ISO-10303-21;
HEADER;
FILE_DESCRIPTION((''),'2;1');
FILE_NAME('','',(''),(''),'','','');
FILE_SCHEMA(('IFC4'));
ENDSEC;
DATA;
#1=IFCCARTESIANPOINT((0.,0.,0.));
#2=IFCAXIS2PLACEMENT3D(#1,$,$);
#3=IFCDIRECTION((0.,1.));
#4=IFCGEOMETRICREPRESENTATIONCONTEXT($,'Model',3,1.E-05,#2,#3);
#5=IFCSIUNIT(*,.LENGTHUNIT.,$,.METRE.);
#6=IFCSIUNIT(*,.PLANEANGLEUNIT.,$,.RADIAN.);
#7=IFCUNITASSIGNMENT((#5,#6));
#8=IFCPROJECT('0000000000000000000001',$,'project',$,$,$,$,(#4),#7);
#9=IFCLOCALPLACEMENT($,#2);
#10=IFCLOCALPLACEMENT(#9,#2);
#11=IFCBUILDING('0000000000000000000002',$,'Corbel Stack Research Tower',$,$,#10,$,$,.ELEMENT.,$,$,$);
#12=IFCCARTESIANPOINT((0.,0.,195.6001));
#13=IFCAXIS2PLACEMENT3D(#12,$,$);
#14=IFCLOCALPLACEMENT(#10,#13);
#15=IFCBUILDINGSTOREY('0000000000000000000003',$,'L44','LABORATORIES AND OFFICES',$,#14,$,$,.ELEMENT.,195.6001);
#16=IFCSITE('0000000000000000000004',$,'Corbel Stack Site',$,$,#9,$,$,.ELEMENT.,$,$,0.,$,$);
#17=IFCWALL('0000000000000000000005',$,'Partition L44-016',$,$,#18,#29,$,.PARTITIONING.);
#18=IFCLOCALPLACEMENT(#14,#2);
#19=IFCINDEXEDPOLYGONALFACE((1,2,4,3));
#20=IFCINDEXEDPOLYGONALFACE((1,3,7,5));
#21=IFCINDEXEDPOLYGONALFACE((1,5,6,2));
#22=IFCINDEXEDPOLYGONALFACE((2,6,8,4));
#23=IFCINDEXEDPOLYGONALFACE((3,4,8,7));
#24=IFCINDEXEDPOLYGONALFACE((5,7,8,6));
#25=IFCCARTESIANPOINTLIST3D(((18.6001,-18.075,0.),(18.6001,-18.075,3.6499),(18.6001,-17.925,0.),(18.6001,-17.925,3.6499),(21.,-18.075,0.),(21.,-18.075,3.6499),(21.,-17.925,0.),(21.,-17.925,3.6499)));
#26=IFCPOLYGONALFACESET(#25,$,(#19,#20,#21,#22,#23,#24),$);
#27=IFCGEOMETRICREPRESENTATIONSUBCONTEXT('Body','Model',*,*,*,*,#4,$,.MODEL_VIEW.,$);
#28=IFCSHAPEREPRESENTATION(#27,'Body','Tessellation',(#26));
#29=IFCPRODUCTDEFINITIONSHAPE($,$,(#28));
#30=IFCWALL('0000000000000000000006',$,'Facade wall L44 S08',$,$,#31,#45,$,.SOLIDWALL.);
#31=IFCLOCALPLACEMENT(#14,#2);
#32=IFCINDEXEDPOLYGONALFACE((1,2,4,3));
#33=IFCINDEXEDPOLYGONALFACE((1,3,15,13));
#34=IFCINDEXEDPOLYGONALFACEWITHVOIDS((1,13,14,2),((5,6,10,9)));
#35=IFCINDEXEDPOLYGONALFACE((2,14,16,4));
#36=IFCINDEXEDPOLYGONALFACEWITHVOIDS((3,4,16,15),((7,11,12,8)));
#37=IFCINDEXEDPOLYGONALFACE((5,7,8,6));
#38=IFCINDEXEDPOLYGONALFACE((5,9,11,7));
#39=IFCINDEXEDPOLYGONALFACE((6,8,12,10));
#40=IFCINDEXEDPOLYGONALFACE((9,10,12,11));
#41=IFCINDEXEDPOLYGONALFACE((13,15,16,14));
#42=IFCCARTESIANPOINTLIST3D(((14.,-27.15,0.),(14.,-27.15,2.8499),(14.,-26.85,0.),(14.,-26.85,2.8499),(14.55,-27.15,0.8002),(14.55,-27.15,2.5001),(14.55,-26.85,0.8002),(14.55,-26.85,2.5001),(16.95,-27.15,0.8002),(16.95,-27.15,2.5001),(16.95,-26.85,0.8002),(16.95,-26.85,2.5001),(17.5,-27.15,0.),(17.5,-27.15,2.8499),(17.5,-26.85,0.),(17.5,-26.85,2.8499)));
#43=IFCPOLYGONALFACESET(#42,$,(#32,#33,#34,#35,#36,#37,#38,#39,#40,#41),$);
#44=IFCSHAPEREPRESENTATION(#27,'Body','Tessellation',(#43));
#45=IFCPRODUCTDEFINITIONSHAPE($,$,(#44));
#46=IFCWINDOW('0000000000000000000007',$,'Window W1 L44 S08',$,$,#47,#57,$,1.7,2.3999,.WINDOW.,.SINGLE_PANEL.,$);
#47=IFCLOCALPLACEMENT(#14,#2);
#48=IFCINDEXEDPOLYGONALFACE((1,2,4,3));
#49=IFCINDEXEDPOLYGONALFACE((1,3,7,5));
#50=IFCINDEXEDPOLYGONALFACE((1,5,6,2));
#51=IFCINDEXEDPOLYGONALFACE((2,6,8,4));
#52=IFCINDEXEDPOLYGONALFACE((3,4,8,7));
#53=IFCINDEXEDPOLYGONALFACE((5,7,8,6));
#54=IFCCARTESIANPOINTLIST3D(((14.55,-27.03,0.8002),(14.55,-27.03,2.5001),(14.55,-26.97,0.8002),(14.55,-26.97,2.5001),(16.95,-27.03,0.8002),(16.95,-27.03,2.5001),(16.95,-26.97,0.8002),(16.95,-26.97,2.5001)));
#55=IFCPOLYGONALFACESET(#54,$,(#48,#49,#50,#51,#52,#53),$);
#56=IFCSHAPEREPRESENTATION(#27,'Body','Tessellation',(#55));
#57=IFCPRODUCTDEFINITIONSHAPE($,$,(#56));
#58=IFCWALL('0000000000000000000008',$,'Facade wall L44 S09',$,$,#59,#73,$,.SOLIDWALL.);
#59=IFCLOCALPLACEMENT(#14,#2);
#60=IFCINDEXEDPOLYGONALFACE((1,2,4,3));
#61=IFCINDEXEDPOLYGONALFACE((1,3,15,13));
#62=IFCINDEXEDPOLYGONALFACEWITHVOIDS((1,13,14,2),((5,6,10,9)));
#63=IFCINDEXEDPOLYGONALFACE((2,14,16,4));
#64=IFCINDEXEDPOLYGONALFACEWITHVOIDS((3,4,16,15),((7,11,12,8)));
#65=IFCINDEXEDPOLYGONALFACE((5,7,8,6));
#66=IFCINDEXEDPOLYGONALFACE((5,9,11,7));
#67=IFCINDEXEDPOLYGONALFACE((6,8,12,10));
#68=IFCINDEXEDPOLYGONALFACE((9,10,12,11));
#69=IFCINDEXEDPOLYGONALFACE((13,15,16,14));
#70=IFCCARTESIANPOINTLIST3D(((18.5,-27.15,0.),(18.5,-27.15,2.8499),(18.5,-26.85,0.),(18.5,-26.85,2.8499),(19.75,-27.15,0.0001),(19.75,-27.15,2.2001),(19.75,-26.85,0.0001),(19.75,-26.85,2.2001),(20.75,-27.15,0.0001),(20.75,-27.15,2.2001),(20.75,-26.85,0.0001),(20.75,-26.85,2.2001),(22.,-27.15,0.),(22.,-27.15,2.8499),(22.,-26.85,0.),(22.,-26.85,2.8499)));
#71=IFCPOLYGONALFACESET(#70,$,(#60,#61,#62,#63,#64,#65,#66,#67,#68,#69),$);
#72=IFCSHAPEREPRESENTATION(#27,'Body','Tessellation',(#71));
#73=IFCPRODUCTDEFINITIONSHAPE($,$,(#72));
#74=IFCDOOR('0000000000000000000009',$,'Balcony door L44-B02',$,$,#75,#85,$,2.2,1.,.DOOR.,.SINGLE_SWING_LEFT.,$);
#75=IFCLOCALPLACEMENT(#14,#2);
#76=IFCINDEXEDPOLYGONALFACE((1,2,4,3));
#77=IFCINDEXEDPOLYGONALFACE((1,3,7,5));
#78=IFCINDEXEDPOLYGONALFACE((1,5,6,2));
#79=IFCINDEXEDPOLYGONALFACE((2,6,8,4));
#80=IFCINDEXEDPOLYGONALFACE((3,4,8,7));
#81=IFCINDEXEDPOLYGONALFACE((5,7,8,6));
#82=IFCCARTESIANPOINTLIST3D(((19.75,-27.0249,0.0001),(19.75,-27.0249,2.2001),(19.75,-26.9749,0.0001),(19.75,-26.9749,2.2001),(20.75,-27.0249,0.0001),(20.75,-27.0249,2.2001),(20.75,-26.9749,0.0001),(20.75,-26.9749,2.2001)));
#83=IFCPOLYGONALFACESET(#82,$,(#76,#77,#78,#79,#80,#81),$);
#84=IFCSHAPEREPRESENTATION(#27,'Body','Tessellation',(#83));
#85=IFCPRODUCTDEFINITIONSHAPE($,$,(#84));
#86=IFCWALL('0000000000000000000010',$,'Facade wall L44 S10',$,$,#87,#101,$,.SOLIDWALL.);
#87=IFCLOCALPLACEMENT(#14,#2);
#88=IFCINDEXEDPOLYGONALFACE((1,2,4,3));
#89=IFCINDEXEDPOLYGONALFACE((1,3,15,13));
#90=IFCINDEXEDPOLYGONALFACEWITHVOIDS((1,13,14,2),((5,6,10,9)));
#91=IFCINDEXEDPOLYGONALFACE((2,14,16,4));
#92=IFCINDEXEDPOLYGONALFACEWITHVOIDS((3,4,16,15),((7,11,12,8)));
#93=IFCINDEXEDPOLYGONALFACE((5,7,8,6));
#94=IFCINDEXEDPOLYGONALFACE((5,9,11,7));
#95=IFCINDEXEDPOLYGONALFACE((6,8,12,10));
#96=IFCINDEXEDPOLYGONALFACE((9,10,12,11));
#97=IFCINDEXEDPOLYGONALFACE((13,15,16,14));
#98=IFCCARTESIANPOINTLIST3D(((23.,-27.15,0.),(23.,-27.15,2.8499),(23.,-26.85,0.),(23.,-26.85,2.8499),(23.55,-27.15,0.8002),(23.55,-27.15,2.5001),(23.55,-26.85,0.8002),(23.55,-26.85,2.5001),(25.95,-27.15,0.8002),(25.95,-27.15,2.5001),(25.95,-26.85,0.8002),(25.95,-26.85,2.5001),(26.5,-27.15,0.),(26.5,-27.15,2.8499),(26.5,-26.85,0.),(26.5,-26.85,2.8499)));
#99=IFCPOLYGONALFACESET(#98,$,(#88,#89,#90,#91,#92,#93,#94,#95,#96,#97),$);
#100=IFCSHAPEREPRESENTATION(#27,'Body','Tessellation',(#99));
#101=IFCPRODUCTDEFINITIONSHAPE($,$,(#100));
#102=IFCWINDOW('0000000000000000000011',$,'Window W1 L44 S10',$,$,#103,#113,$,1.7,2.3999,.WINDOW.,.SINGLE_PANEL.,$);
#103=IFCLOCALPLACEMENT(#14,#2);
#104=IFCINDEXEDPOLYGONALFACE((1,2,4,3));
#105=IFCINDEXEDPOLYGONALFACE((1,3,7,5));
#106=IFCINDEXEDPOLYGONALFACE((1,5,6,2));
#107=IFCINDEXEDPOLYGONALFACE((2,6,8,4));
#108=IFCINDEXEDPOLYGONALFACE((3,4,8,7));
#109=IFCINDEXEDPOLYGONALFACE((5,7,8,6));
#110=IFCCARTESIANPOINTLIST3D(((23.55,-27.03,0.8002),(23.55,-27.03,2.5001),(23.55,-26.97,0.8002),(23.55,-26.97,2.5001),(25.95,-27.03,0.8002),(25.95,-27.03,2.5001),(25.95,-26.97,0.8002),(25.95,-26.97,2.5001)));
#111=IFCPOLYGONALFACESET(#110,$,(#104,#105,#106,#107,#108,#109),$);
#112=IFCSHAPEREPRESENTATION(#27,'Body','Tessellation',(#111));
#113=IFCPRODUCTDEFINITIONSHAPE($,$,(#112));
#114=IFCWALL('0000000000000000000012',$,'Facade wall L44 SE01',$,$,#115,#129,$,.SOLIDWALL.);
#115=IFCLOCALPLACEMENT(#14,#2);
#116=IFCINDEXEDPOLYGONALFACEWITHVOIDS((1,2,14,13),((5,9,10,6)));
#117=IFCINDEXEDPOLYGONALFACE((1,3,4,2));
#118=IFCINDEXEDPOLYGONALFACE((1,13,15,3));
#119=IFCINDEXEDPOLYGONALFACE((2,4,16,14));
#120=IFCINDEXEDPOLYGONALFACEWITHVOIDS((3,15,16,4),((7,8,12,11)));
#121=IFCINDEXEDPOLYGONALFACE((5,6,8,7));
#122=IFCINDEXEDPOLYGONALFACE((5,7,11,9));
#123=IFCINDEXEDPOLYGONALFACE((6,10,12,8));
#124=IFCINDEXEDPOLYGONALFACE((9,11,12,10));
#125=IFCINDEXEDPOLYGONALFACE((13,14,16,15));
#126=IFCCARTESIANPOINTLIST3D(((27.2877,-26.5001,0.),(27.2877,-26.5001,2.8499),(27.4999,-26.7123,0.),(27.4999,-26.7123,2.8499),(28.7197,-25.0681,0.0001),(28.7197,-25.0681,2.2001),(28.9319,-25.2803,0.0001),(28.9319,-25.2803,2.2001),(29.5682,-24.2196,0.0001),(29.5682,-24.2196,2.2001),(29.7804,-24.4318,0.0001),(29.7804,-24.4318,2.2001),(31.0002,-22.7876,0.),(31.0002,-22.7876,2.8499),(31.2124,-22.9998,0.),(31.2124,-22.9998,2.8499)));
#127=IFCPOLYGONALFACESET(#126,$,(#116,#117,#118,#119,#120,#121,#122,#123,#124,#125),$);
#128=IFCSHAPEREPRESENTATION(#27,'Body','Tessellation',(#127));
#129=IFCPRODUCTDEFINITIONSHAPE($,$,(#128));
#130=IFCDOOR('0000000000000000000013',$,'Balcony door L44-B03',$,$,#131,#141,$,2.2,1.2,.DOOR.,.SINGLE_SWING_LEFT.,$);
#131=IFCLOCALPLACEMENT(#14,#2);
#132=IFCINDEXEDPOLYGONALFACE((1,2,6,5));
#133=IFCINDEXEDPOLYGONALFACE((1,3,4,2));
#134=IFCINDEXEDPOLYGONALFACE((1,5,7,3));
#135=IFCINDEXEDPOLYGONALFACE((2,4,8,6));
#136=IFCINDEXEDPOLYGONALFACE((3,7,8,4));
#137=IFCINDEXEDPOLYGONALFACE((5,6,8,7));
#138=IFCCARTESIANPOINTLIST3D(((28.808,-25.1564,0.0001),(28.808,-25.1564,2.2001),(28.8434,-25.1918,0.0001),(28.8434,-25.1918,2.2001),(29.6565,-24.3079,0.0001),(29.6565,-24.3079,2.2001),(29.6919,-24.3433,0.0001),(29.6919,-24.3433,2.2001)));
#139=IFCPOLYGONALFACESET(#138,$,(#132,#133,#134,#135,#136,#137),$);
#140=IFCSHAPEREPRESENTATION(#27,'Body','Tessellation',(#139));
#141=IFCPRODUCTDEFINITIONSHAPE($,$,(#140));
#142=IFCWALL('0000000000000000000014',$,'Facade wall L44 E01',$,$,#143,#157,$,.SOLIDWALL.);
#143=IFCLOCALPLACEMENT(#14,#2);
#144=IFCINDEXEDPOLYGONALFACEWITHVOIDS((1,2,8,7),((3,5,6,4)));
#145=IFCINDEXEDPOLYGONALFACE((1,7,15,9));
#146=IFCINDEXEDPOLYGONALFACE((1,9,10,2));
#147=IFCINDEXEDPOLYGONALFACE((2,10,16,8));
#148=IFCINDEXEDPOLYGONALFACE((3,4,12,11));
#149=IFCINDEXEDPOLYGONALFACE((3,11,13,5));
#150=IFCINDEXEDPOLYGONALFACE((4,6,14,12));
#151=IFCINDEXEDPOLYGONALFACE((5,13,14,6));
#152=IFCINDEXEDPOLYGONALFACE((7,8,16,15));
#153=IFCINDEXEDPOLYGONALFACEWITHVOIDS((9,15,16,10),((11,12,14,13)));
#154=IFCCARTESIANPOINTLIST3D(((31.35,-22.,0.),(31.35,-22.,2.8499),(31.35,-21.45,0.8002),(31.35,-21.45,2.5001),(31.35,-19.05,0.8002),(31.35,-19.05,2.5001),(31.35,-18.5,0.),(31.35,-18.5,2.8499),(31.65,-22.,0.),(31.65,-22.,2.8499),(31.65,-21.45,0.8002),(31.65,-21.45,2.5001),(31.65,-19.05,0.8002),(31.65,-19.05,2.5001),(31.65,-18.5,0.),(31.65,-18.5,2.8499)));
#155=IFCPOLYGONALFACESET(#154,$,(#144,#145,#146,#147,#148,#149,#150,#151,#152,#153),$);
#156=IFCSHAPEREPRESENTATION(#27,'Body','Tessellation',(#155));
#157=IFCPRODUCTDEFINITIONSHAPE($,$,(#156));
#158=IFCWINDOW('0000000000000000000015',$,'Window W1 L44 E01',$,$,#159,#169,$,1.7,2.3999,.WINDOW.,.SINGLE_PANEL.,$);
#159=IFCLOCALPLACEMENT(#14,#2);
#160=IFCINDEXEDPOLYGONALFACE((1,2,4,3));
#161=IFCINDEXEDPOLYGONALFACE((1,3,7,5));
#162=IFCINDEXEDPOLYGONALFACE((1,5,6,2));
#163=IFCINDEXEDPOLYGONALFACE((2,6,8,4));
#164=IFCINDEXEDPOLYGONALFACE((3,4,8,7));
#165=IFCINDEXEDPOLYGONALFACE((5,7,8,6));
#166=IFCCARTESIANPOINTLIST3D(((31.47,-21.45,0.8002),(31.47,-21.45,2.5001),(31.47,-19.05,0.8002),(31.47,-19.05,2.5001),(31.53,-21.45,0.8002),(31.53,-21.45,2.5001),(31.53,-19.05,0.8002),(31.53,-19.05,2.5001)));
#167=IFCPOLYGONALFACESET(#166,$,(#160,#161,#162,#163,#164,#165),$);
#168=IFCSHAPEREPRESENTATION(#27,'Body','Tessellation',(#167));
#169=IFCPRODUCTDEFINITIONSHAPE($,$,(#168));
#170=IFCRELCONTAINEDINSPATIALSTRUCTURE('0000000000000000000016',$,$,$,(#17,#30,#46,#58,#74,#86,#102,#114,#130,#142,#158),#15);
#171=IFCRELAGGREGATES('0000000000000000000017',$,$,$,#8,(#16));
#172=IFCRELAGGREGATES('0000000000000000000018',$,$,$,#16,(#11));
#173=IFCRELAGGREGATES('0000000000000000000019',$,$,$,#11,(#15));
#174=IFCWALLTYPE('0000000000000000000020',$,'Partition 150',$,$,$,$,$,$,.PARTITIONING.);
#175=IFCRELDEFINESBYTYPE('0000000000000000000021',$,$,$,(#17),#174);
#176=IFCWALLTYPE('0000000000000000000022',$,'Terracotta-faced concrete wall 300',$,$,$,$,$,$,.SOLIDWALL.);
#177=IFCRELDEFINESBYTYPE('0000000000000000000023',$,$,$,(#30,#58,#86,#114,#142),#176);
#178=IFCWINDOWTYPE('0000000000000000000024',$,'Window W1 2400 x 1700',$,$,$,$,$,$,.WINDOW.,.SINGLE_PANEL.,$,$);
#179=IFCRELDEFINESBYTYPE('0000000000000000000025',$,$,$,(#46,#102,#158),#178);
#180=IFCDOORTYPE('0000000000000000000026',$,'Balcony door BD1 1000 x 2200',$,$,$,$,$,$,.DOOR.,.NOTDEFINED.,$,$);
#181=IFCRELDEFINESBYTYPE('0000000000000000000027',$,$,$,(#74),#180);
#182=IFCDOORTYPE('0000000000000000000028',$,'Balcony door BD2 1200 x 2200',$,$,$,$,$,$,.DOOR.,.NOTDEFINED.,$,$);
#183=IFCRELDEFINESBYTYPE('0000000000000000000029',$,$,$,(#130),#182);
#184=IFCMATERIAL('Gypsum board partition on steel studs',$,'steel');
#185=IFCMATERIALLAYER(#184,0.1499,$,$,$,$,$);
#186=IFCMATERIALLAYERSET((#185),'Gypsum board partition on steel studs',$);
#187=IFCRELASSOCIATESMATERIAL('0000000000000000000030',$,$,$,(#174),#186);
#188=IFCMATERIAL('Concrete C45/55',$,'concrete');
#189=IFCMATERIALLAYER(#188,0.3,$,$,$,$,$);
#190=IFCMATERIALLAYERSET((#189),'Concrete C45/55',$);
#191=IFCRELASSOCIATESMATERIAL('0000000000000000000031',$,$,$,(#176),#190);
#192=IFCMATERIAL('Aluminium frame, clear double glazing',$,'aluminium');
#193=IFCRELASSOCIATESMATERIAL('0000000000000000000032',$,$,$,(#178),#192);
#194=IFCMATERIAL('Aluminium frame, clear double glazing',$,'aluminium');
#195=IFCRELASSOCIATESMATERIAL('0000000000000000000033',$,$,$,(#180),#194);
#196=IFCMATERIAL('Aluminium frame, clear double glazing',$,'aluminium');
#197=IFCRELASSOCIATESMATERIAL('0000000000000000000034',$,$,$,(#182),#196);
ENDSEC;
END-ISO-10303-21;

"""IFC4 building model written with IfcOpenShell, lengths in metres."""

from ifc_helpers import new_model, si_unit, direction, frame, frame_2d, origin, place, context, subcontext, project, spatial, rectangle, extrude, material, layer, layer_set, type_object, element, fill, save


model = new_model("IFC4")

# Units and contexts
model_context = context("Model", 3, precision=1e-05, world=origin(), true_north=direction((0.0, 1.0)))
body_context = subcontext(model_context, "Body", "Model", "MODEL_VIEW")
ifc_project = project(units=[si_unit("LENGTHUNIT", "METRE"), si_unit("PLANEANGLEUNIT", "RADIAN")], contexts=[model_context])

# Site, building, storey
site_placement = place(None, origin())
site = spatial("IfcSite", under=ifc_project, at=site_placement, Name="Corbel Stack Site", CompositionType="ELEMENT", RefElevation=0.0)
building_placement = place(site_placement, origin())
building = spatial("IfcBuilding", under=site, at=building_placement, Name="Corbel Stack Research Tower", CompositionType="ELEMENT")
storey_placement = place(building_placement, frame((0.0, 0.0, 195.6001)))
storey = spatial("IfcBuildingStorey", under=building, at=storey_placement, Name="L44", Description="LABORATORIES AND OFFICES", CompositionType="ELEMENT", Elevation=195.6001)

# Shared definitions
ifc_material_1 = material(Name="Gypsum board partition on steel studs", Category="steel")
ifc_layer_1 = layer(ifc_material_1, 0.1499)
ifc_layer_set_1 = layer_set([ifc_layer_1], Name="Gypsum board partition on steel studs")
wall_type_1 = type_object("IfcWallType", Name="Partition 150", PredefinedType="PARTITIONING", material=ifc_layer_set_1)

# Wall
wall_1_placement = place(storey_placement, frame((18.6001, -18.0, 0.0), z_axis=(0.0, 0.0, 1.0), x_axis=(1.0, 0.0, 0.0)))
element("IfcWall", 1, at=wall_1_placement, inside=storey, type_object=wall_type_1, Name="Partition L44-016", PredefinedType="PARTITIONING", context=body_context, shape_type="SweptSolid", body=[
    extrude(rectangle(XDim=2.3999, YDim=0.1499, at=frame_2d((1.2, 0.0))), origin(), (0.0, 0.0, 1.0), 3.6499),
])

# Wall, opening, window
ifc_material_2 = material(Name="Concrete C45/55", Category="concrete")
ifc_layer_2 = layer(ifc_material_2, 0.3)
ifc_layer_set_2 = layer_set([ifc_layer_2], Name="Concrete C45/55")
wall_type_2 = type_object("IfcWallType", Name="Terracotta-faced concrete wall 300", PredefinedType="SOLIDWALL", material=ifc_layer_set_2)
wall_2_placement = place(storey_placement, frame((17.5, -27.0, 0.0), z_axis=(0.0, 0.0, 1.0), x_axis=(-1.0, 0.0, 0.0)))
wall_2 = element("IfcWall", 2, at=wall_2_placement, inside=storey, type_object=wall_type_2, Name="Facade wall L44 S08", PredefinedType="SOLIDWALL", context=body_context, shape_type="SweptSolid", body=[
    extrude(rectangle(XDim=3.5, YDim=0.3, at=frame_2d((1.75, 0.0))), origin(), (0.0, 0.0, 1.0), 2.8499),
])
opening_1_placement = place(wall_2_placement, frame((0.55, 0.0, 0.8)))
opening_1 = element("IfcOpeningElement", 3, at=opening_1_placement, cuts=wall_2, PredefinedType="OPENING", context=body_context, shape_type="SweptSolid", body=[
    extrude(rectangle(XDim=2.3999, YDim=1.7, at=frame_2d((1.2, 0.8501))), frame((0.0, 0.1599, 0.0), z_axis=(0.0, -1.0, 0.0), x_axis=(1.0, 0.0, 0.0)), (0.0, 0.0, 1.0), 0.3201),
])
ifc_material_3 = material(Name="Aluminium frame, clear double glazing", Category="aluminium")
window_type = type_object("IfcWindowType", Name="Window W1 2400 x 1700", PartitioningType="SINGLE_PANEL", PredefinedType="WINDOW", material=ifc_material_3)
window_1_placement = place(opening_1_placement, origin())
window_1 = element("IfcWindow", 4, at=window_1_placement, inside=storey, type_object=window_type, Name="Window W1 L44 S08", OverallHeight=1.7, OverallWidth=2.3999, PartitioningType="SINGLE_PANEL", PredefinedType="WINDOW", context=body_context, shape_type="SweptSolid", body=[
    extrude(rectangle(XDim=2.3999, YDim=1.7, at=frame_2d((1.2, 0.8501))), frame((0.0, 0.03, 0.0), z_axis=(0.0, -1.0, 0.0), x_axis=(1.0, 0.0, 0.0)), (0.0, 0.0, 1.0), 0.0601),
])
fill(opening_1, window_1)

# Wall, opening, door
wall_3_placement = place(storey_placement, frame((22.0, -27.0, 0.0), z_axis=(0.0, 0.0, 1.0), x_axis=(-1.0, 0.0, 0.0)))
wall_3 = element("IfcWall", 5, at=wall_3_placement, inside=storey, type_object=wall_type_2, Name="Facade wall L44 S09", PredefinedType="SOLIDWALL", context=body_context, shape_type="SweptSolid", body=[
    extrude(rectangle(XDim=3.5, YDim=0.3, at=frame_2d((1.75, 0.0))), origin(), (0.0, 0.0, 1.0), 2.8499),
])
opening_2_placement = place(wall_3_placement, frame((1.25, 0.0, 0.0)))
opening_2 = element("IfcOpeningElement", 6, at=opening_2_placement, cuts=wall_3, PredefinedType="OPENING", context=body_context, shape_type="SweptSolid", body=[
    extrude(rectangle(XDim=1.0, YDim=2.2, at=frame_2d((0.5, 1.1001))), frame((0.0, 0.1599, 0.0), z_axis=(0.0, -1.0, 0.0), x_axis=(1.0, 0.0, 0.0)), (0.0, 0.0, 1.0), 0.3201),
])
ifc_material_4 = material(Name="Aluminium frame, clear double glazing", Category="aluminium")
door_type_1 = type_object("IfcDoorType", Name="Balcony door BD1 1000 x 2200", OperationType="NOTDEFINED", PredefinedType="DOOR", material=ifc_material_4)
door_1_placement = place(opening_2_placement, origin())
door_1 = element("IfcDoor", 7, at=door_1_placement, inside=storey, type_object=door_type_1, Name="Balcony door L44-B02", OperationType="SINGLE_SWING_LEFT", OverallHeight=2.2, OverallWidth=1.0, PredefinedType="DOOR", context=body_context, shape_type="SweptSolid", body=[
    extrude(rectangle(XDim=1.0, YDim=2.2, at=frame_2d((0.5, 1.1001))), frame((0.0, 0.0249, 0.0), z_axis=(0.0, -1.0, 0.0), x_axis=(1.0, 0.0, 0.0)), (0.0, 0.0, 1.0), 0.05),
])
fill(opening_2, door_1)

# Wall, opening, window
wall_4_placement = place(storey_placement, frame((26.5, -27.0, 0.0), z_axis=(0.0, 0.0, 1.0), x_axis=(-1.0, 0.0, 0.0)))
wall_4 = element("IfcWall", 8, at=wall_4_placement, inside=storey, type_object=wall_type_2, Name="Facade wall L44 S10", PredefinedType="SOLIDWALL", context=body_context, shape_type="SweptSolid", body=[
    extrude(rectangle(XDim=3.5, YDim=0.3, at=frame_2d((1.75, 0.0))), origin(), (0.0, 0.0, 1.0), 2.8499),
])
opening_3_placement = place(wall_4_placement, frame((0.55, 0.0, 0.8)))
opening_3 = element("IfcOpeningElement", 9, at=opening_3_placement, cuts=wall_4, PredefinedType="OPENING", context=body_context, shape_type="SweptSolid", body=[
    extrude(rectangle(XDim=2.3999, YDim=1.7, at=frame_2d((1.2, 0.8501))), frame((0.0, 0.1599, 0.0), z_axis=(0.0, -1.0, 0.0), x_axis=(1.0, 0.0, 0.0)), (0.0, 0.0, 1.0), 0.3201),
])
window_2_placement = place(opening_3_placement, origin())
window_2 = element("IfcWindow", 10, at=window_2_placement, inside=storey, type_object=window_type, Name="Window W1 L44 S10", OverallHeight=1.7, OverallWidth=2.3999, PartitioningType="SINGLE_PANEL", PredefinedType="WINDOW", context=body_context, shape_type="SweptSolid", body=[
    extrude(rectangle(XDim=2.3999, YDim=1.7, at=frame_2d((1.2, 0.8501))), frame((0.0, 0.03, 0.0), z_axis=(0.0, -1.0, 0.0), x_axis=(1.0, 0.0, 0.0)), (0.0, 0.0, 1.0), 0.0601),
])
fill(opening_3, window_2)

# Wall, opening, door
wall_5_placement = place(storey_placement, frame((31.1062, -22.8938, 0.0), z_axis=(0.0, 0.0, 1.0), x_axis=(-0.707107, -0.707107, 0.0)))
wall_5 = element("IfcWall", 11, at=wall_5_placement, inside=storey, type_object=wall_type_2, Name="Facade wall L44 SE01", PredefinedType="SOLIDWALL", context=body_context, shape_type="SweptSolid", body=[
    extrude(rectangle(XDim=5.2502, YDim=0.3, at=frame_2d((2.625, 0.0))), origin(), (0.0, 0.0, 1.0), 2.8499),
])
opening_4_placement = place(wall_5_placement, frame((2.0249, 0.0, 0.0)))
opening_4 = element("IfcOpeningElement", 12, at=opening_4_placement, cuts=wall_5, PredefinedType="OPENING", context=body_context, shape_type="SweptSolid", body=[
    extrude(rectangle(XDim=1.2, YDim=2.2, at=frame_2d((0.6001, 1.1001))), frame((0.0, 0.1599, 0.0), z_axis=(0.0, -1.0, 0.0), x_axis=(1.0, 0.0, 0.0)), (0.0, 0.0, 1.0), 0.3201),
])
ifc_material_5 = material(Name="Aluminium frame, clear double glazing", Category="aluminium")
door_type_2 = type_object("IfcDoorType", Name="Balcony door BD2 1200 x 2200", OperationType="NOTDEFINED", PredefinedType="DOOR", material=ifc_material_5)
door_2_placement = place(opening_4_placement, origin())
door_2 = element("IfcDoor", 13, at=door_2_placement, inside=storey, type_object=door_type_2, Name="Balcony door L44-B03", OperationType="SINGLE_SWING_LEFT", OverallHeight=2.2, OverallWidth=1.2, PredefinedType="DOOR", context=body_context, shape_type="SweptSolid", body=[
    extrude(rectangle(XDim=1.2, YDim=2.2, at=frame_2d((0.6001, 1.1001))), frame((0.0, 0.0249, 0.0), z_axis=(0.0, -1.0, 0.0), x_axis=(1.0, 0.0, 0.0)), (0.0, 0.0, 1.0), 0.05),
])
fill(opening_4, door_2)

# Wall, opening, window
wall_6_placement = place(storey_placement, frame((31.5, -18.5, 0.0), z_axis=(0.0, 0.0, 1.0), x_axis=(0.0, -1.0, 0.0)))
wall_6 = element("IfcWall", 14, at=wall_6_placement, inside=storey, type_object=wall_type_2, Name="Facade wall L44 E01", PredefinedType="SOLIDWALL", context=body_context, shape_type="SweptSolid", body=[
    extrude(rectangle(XDim=3.5, YDim=0.3, at=frame_2d((1.75, 0.0))), origin(), (0.0, 0.0, 1.0), 2.8499),
])
opening_5_placement = place(wall_6_placement, frame((0.55, 0.0, 0.8)))
opening_5 = element("IfcOpeningElement", 15, at=opening_5_placement, cuts=wall_6, PredefinedType="OPENING", context=body_context, shape_type="SweptSolid", body=[
    extrude(rectangle(XDim=2.3999, YDim=1.7, at=frame_2d((1.2, 0.8501))), frame((0.0, 0.1599, 0.0), z_axis=(0.0, -1.0, 0.0), x_axis=(1.0, 0.0, 0.0)), (0.0, 0.0, 1.0), 0.3201),
])
window_3_placement = place(opening_5_placement, origin())
window_3 = element("IfcWindow", 16, at=window_3_placement, inside=storey, type_object=window_type, Name="Window W1 L44 E01", OverallHeight=1.7, OverallWidth=2.3999, PartitioningType="SINGLE_PANEL", PredefinedType="WINDOW", context=body_context, shape_type="SweptSolid", body=[
    extrude(rectangle(XDim=2.3999, YDim=1.7, at=frame_2d((1.2, 0.8501))), frame((0.0, 0.03, 0.0), z_axis=(0.0, -1.0, 0.0), x_axis=(1.0, 0.0, 0.0)), (0.0, 0.0, 1.0), 0.0601),
])
fill(opening_5, window_3)

save(model, "model.ifc")
